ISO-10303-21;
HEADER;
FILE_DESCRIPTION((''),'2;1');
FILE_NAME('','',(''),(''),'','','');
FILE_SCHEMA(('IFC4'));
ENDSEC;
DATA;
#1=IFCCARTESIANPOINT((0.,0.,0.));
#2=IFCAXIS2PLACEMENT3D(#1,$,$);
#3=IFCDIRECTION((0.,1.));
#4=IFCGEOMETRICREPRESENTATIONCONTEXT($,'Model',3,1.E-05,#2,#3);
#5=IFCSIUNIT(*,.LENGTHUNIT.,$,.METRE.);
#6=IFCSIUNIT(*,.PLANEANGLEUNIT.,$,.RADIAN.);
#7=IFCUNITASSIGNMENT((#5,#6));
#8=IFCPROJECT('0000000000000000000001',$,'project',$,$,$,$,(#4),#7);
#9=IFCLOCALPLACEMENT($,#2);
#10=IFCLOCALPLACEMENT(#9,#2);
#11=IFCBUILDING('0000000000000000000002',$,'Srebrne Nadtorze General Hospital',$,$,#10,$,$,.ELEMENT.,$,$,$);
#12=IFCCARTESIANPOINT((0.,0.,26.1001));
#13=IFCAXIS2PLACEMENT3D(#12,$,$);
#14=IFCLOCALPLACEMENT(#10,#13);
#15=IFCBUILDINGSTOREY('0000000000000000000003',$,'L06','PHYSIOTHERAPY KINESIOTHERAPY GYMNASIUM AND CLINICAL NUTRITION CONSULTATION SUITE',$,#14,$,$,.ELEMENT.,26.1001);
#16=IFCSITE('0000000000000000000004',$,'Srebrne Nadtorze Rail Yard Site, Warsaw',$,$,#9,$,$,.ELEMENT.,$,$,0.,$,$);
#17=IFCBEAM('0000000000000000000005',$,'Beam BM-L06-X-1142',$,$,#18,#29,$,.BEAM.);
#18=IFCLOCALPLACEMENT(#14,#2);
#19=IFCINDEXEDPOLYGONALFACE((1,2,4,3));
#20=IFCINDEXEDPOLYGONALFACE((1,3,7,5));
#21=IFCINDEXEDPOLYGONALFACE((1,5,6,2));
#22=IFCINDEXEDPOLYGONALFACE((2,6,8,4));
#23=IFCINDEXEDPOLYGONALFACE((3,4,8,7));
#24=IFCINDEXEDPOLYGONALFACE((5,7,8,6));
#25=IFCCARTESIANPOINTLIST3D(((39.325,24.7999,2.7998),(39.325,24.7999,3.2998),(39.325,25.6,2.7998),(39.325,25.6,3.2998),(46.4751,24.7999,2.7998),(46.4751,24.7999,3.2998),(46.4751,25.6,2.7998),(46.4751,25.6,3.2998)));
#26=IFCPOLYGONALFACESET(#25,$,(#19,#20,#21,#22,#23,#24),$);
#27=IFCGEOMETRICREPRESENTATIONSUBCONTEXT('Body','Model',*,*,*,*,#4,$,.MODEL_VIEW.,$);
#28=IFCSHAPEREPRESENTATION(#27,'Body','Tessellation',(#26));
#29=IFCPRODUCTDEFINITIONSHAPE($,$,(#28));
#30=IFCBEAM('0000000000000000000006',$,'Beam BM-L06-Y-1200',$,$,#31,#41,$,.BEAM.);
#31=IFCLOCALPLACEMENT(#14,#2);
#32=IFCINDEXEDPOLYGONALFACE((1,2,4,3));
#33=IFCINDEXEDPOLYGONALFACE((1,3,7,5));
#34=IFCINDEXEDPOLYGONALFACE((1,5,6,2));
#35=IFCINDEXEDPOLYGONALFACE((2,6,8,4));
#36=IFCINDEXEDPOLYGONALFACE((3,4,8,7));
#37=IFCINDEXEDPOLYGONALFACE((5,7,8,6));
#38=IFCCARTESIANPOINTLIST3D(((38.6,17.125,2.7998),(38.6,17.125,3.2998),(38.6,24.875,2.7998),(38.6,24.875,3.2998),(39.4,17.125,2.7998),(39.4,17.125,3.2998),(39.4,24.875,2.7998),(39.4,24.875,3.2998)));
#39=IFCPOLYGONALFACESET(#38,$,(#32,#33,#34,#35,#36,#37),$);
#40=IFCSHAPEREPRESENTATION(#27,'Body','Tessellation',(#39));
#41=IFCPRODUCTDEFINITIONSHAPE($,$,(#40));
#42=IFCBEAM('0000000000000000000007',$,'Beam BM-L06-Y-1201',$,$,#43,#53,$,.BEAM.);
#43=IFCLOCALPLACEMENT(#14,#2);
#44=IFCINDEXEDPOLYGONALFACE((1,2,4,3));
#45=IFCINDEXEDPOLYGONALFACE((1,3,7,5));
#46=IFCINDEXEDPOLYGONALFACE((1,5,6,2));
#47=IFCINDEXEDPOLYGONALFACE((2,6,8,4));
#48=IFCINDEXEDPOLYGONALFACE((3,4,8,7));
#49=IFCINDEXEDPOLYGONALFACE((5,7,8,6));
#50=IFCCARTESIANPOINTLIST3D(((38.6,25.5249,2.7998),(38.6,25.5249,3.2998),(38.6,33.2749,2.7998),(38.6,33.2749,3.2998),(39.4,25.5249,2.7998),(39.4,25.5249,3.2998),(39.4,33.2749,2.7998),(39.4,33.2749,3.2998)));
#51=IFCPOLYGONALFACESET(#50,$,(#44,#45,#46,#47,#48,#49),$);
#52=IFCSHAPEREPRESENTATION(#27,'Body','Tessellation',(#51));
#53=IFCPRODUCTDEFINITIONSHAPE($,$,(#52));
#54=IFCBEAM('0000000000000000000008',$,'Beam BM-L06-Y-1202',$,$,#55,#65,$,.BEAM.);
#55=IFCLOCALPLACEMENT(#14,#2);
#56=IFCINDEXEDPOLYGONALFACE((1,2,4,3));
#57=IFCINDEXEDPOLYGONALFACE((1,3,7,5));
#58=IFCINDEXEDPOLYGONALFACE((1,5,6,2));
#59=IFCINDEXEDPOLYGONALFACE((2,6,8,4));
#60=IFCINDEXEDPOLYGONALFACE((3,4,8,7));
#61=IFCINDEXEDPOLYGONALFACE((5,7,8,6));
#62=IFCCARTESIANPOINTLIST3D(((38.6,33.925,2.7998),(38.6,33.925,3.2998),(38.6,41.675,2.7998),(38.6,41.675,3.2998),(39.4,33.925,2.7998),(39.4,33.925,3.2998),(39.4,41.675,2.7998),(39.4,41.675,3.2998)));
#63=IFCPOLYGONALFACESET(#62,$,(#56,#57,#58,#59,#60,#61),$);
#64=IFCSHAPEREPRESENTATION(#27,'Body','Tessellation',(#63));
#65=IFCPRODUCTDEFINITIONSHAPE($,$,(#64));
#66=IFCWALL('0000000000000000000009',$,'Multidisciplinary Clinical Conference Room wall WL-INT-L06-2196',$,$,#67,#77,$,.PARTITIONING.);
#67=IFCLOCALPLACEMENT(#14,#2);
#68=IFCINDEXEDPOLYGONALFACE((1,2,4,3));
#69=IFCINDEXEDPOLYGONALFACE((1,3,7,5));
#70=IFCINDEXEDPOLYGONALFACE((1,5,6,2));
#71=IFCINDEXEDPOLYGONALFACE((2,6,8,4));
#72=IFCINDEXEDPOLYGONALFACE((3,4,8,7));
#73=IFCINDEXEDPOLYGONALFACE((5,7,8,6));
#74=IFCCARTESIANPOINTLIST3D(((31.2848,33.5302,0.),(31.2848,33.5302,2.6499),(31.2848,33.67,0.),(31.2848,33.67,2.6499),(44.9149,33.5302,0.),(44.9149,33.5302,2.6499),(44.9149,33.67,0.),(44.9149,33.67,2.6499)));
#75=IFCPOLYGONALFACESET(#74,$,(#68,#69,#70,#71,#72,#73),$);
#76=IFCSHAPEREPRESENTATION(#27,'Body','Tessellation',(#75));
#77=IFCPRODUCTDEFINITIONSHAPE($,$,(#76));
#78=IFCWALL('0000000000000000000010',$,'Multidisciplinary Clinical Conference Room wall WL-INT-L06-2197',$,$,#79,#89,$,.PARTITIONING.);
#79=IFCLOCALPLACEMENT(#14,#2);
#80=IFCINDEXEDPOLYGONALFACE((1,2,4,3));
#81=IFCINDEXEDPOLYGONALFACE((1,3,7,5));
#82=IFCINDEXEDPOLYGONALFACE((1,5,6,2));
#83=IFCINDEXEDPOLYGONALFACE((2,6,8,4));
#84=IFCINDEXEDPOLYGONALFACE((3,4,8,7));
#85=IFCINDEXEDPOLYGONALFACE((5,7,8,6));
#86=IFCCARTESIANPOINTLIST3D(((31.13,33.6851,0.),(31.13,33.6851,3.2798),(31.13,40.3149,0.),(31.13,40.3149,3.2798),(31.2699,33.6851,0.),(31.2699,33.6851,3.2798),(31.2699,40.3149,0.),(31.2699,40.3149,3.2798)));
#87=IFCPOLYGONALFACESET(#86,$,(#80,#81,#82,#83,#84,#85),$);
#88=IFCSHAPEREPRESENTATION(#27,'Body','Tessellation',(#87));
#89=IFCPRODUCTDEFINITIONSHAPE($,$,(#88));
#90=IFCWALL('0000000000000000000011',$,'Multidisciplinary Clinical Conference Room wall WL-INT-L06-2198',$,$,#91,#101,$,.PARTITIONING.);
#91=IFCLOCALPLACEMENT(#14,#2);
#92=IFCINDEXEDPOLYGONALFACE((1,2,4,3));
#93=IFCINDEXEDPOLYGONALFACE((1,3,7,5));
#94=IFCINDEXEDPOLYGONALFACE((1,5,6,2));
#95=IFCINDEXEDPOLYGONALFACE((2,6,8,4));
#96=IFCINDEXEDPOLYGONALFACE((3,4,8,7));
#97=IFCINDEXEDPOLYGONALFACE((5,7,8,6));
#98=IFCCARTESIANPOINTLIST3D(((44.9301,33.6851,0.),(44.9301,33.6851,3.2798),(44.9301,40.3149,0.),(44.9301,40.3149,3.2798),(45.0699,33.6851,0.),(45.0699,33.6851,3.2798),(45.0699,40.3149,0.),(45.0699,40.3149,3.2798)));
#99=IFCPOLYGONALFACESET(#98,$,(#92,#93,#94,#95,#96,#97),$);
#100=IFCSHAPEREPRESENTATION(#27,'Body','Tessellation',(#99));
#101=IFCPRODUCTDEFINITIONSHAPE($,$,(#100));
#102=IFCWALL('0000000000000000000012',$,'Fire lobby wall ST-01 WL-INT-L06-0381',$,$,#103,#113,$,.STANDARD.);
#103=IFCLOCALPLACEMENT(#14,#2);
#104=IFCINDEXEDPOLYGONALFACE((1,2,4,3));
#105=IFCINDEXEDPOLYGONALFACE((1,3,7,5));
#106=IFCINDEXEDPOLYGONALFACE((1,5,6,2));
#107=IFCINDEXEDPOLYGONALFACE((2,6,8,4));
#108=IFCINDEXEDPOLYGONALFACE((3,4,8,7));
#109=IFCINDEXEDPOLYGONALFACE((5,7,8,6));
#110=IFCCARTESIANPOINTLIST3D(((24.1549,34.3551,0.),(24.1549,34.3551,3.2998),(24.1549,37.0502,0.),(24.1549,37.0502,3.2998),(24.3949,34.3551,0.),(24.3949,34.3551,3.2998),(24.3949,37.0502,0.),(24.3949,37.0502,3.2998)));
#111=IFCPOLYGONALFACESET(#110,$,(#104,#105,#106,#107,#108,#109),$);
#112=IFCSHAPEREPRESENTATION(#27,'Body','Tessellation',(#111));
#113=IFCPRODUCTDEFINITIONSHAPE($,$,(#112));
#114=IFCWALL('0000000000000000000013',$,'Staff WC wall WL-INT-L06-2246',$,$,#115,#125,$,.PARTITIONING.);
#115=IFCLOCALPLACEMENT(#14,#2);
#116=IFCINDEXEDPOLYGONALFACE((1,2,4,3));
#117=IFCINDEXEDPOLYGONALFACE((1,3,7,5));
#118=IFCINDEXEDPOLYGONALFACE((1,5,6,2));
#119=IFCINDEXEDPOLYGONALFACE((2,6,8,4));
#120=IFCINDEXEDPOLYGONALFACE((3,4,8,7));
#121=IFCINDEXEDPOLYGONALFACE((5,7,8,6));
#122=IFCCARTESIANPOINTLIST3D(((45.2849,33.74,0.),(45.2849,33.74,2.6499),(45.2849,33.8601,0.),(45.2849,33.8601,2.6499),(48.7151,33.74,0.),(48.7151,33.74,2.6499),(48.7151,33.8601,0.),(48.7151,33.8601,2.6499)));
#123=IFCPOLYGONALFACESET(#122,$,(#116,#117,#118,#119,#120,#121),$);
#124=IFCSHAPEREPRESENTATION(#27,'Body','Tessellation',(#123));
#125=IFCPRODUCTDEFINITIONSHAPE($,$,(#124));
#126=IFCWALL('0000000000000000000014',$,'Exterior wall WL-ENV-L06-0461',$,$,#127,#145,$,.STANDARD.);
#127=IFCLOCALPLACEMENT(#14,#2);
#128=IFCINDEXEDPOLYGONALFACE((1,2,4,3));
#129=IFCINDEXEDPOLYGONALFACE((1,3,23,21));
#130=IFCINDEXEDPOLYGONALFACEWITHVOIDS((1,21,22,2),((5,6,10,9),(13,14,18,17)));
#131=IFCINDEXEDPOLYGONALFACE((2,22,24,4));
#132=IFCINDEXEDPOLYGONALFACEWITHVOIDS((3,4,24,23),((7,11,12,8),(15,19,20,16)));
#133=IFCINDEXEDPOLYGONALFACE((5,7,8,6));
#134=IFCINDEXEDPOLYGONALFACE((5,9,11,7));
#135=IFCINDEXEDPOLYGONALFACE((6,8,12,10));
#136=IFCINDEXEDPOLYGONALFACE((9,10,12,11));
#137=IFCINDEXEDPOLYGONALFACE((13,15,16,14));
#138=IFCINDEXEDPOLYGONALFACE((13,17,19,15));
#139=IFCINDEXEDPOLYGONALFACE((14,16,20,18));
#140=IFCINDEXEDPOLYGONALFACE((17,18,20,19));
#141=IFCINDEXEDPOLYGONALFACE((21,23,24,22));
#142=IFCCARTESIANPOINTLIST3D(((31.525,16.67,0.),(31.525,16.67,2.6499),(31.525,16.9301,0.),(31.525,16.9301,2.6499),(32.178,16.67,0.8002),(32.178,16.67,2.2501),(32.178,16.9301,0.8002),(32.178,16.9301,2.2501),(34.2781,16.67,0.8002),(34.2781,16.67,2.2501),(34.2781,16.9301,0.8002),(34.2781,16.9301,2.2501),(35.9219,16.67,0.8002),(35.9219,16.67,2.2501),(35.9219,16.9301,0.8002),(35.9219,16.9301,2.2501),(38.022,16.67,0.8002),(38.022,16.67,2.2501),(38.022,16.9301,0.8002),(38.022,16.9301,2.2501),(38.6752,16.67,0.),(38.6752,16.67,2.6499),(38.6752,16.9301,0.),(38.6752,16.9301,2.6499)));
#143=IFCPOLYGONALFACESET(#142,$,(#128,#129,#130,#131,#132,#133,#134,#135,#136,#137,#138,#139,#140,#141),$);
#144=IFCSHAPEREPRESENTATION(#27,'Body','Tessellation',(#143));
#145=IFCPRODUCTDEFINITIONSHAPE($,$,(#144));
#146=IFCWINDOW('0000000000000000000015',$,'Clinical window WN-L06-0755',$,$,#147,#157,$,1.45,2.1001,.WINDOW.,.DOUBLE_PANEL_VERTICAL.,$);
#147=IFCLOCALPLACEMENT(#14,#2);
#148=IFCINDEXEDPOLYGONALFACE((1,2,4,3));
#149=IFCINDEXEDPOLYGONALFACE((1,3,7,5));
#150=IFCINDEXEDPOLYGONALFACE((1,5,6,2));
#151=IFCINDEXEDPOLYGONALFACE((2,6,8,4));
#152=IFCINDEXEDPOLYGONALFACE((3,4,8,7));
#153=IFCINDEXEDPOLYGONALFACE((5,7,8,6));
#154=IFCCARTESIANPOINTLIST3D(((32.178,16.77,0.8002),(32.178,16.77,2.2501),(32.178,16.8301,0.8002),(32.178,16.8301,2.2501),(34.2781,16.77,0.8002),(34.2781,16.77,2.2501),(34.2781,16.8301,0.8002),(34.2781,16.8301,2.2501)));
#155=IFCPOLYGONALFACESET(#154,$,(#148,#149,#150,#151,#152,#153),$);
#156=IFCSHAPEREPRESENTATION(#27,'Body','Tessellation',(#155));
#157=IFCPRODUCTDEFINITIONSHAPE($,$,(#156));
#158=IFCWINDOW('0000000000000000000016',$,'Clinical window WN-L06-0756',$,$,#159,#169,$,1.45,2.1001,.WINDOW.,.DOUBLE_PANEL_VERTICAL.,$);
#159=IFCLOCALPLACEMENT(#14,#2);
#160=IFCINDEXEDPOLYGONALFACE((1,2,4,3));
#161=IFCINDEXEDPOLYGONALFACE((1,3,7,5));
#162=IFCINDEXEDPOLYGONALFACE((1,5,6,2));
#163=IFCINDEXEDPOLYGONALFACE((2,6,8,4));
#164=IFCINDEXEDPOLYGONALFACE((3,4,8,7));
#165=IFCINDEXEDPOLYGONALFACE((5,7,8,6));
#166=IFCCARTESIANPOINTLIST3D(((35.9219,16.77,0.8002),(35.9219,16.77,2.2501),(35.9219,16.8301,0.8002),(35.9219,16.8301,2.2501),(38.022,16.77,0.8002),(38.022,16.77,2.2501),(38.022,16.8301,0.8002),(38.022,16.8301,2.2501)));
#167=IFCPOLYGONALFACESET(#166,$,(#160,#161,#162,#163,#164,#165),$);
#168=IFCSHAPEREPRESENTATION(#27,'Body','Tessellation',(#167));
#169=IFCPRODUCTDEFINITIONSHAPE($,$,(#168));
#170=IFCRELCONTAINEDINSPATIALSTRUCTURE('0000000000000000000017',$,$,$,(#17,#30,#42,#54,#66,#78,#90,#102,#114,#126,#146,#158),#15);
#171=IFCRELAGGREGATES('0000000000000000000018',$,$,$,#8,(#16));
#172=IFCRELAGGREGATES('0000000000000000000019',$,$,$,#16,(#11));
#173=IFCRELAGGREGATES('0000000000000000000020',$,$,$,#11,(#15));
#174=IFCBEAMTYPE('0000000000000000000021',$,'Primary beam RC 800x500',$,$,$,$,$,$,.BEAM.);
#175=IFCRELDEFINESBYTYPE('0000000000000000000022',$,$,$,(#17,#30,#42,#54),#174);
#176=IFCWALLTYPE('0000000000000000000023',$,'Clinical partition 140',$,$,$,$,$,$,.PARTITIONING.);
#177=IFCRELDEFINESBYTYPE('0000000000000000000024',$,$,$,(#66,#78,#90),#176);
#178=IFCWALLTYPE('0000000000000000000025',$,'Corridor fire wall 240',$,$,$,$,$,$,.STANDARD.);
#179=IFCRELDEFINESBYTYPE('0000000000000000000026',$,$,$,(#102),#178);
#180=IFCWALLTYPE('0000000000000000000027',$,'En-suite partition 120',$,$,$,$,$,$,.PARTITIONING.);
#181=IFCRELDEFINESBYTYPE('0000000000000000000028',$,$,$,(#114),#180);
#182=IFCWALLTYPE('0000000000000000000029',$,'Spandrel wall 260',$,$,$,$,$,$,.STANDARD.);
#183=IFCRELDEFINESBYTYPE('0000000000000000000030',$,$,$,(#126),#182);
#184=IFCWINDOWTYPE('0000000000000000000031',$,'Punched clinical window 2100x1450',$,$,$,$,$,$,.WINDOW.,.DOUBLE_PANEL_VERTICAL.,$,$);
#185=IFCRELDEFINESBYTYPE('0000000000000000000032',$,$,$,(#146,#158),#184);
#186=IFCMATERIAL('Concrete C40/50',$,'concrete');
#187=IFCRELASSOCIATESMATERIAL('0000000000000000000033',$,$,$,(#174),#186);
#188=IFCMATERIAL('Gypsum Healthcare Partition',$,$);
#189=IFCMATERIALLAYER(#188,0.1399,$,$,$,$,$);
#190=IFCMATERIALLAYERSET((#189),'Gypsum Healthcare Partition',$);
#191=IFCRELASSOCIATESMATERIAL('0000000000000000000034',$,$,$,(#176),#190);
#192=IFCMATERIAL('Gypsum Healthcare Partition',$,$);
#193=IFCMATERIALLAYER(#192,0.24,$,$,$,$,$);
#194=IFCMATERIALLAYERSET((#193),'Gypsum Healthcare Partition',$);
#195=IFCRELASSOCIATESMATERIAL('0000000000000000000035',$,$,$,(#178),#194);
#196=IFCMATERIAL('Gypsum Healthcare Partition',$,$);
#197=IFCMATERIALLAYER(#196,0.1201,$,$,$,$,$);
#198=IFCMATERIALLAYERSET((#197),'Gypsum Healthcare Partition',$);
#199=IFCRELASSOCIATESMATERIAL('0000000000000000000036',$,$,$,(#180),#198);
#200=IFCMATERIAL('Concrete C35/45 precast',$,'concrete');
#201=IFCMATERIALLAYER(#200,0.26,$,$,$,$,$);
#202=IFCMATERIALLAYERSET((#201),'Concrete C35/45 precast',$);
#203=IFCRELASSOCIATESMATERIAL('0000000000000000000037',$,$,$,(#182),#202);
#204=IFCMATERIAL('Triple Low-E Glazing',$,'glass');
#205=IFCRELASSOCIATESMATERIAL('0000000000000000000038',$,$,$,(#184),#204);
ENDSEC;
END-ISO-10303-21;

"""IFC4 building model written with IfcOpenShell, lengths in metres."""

from ifc_helpers import new_model, si_unit, direction, frame, frame_2d, origin, origin_2d, place, context, subcontext, project, spatial, rectangle, extrude, material, layer, layer_set, material_profile, profile_set, type_object, element, fill, save


model = new_model("IFC4")

# Units and contexts
model_context = context("Model", 3, precision=1e-05, world=origin(), true_north=direction((0.0, 1.0)))
body_context = subcontext(model_context, "Body", "Model", "MODEL_VIEW")
ifc_project = project(units=[si_unit("LENGTHUNIT", "METRE"), si_unit("PLANEANGLEUNIT", "RADIAN")], contexts=[model_context])

# Site, building, storey
site_placement = place(None, origin())
site = spatial("IfcSite", under=ifc_project, at=site_placement, Name="Srebrne Nadtorze Rail Yard Site, Warsaw", CompositionType="ELEMENT", RefElevation=0.0)
building_placement = place(site_placement, origin())
building = spatial("IfcBuilding", under=site, at=building_placement, Name="Srebrne Nadtorze General Hospital", CompositionType="ELEMENT")
storey_placement = place(building_placement, frame((0.0, 0.0, 26.1001)))
storey = spatial("IfcBuildingStorey", under=building, at=storey_placement, Name="L06", Description="PHYSIOTHERAPY KINESIOTHERAPY GYMNASIUM AND CLINICAL NUTRITION CONSULTATION SUITE", CompositionType="ELEMENT", Elevation=26.1001)

# Beams
ifc_material_1 = material(Name="Concrete C40/50", Category="concrete")
ifc_material_profile_1 = material_profile(ifc_material_1, rectangle(XDim=0.8, YDim=0.5, at=origin_2d()), Name="RC-BM-800x500")
ifc_profile_set_1 = profile_set([ifc_material_profile_1], Name="Concrete C40/50")
beam_type_1 = type_object("IfcBeamType", Name="Primary beam RC 800x500", PredefinedType="BEAM", material=ifc_profile_set_1)
for number, where, z_axis, x_axis, name in (
    (1, (39.325, 25.2, 3.0498), (1.0, 0.0, 0.0), (0.0, 1.0, 0.0), "Beam BM-L06-X-1142"),
):
    element("IfcBeam", number, at=place(storey_placement, frame(where, z_axis=z_axis, x_axis=x_axis)), inside=storey, type_object=beam_type_1, Name=name, PredefinedType="BEAM", context=body_context, shape_type="SweptSolid", body=[
        extrude(rectangle(XDim=0.8, YDim=0.5, at=origin_2d()), origin(), (0.0, 0.0, 1.0), 7.1501),
    ])
for number, where, z_axis, x_axis, name in (
    (2, (39.0, 17.125, 3.0498), (0.0, 1.0, 0.0), (-1.0, 0.0, 0.0), "Beam BM-L06-Y-1200"),
    (3, (39.0, 25.5249, 3.0498), (0.0, 1.0, 0.0), (-1.0, 0.0, 0.0), "Beam BM-L06-Y-1201"),
    (4, (39.0, 33.925, 3.0498), (0.0, 1.0, 0.0), (-1.0, 0.0, 0.0), "Beam BM-L06-Y-1202"),
):
    element("IfcBeam", number, at=place(storey_placement, frame(where, z_axis=z_axis, x_axis=x_axis)), inside=storey, type_object=beam_type_1, Name=name, PredefinedType="BEAM", context=body_context, shape_type="SweptSolid", body=[
        extrude(rectangle(XDim=0.8, YDim=0.5, at=origin_2d()), origin(), (0.0, 0.0, 1.0), 7.75),
    ])

# Walls
ifc_material_2 = material(Name="Gypsum Healthcare Partition")
ifc_layer_1 = layer(ifc_material_2, 0.1399)
ifc_layer_set_1 = layer_set([ifc_layer_1], Name="Gypsum Healthcare Partition")
wall_type_1 = type_object("IfcWallType", Name="Clinical partition 140", PredefinedType="PARTITIONING", material=ifc_layer_set_1)
wall_1_placement = place(storey_placement, frame((31.2849, 33.6001, 0.0), z_axis=(0.0, 0.0, 1.0), x_axis=(1.0, 0.0, 0.0)))
element("IfcWall", 5, at=wall_1_placement, inside=storey, type_object=wall_type_1, Name="Multidisciplinary Clinical Conference Room wall WL-INT-L06-2196", PredefinedType="PARTITIONING", context=body_context, shape_type="SweptSolid", body=[
    extrude(rectangle(XDim=13.6301, YDim=0.1399, at=frame_2d((6.8149, 0.0))), origin(), (0.0, 0.0, 1.0), 2.6499),
])
for number, where, z_axis, x_axis, name in (
    (6, (31.2, 33.6851, 0.0), (0.0, 0.0, 1.0), (0.0, 1.0, 0.0), "Multidisciplinary Clinical Conference Room wall WL-INT-L06-2197"),
    (7, (45.0, 33.6851, 0.0), (0.0, 0.0, 1.0), (0.0, 1.0, 0.0), "Multidisciplinary Clinical Conference Room wall WL-INT-L06-2198"),
):
    element("IfcWall", number, at=place(storey_placement, frame(where, z_axis=z_axis, x_axis=x_axis)), inside=storey, type_object=wall_type_1, Name=name, PredefinedType="PARTITIONING", context=body_context, shape_type="SweptSolid", body=[
        extrude(rectangle(XDim=6.6299, YDim=0.1399, at=frame_2d((3.3149, 0.0))), origin(), (0.0, 0.0, 1.0), 3.2798),
    ])
ifc_material_3 = material(Name="Gypsum Healthcare Partition")
ifc_layer_2 = layer(ifc_material_3, 0.24)
ifc_layer_set_2 = layer_set([ifc_layer_2], Name="Gypsum Healthcare Partition")
wall_type_2 = type_object("IfcWallType", Name="Corridor fire wall 240", PredefinedType="STANDARD", material=ifc_layer_set_2)
wall_2_placement = place(storey_placement, frame((24.2749, 34.355, 0.0), z_axis=(0.0, 0.0, 1.0), x_axis=(0.0, 1.0, 0.0)))
element("IfcWall", 8, at=wall_2_placement, inside=storey, type_object=wall_type_2, Name="Fire lobby wall ST-01 WL-INT-L06-0381", PredefinedType="STANDARD", context=body_context, shape_type="SweptSolid", body=[
    extrude(rectangle(XDim=2.6951, YDim=0.24, at=frame_2d((1.3477, 0.0))), origin(), (0.0, 0.0, 1.0), 3.2998),
])
ifc_material_4 = material(Name="Gypsum Healthcare Partition")
ifc_layer_3 = layer(ifc_material_4, 0.1201)
ifc_layer_set_3 = layer_set([ifc_layer_3], Name="Gypsum Healthcare Partition")
wall_type_3 = type_object("IfcWallType", Name="En-suite partition 120", PredefinedType="PARTITIONING", material=ifc_layer_set_3)
wall_3_placement = place(storey_placement, frame((45.2849, 33.8, 0.0), z_axis=(0.0, 0.0, 1.0), x_axis=(1.0, 0.0, 0.0)))
element("IfcWall", 9, at=wall_3_placement, inside=storey, type_object=wall_type_3, Name="Staff WC wall WL-INT-L06-2246", PredefinedType="PARTITIONING", context=body_context, shape_type="SweptSolid", body=[
    extrude(rectangle(XDim=3.4302, YDim=0.1201, at=frame_2d((1.7151, 0.0))), origin(), (0.0, 0.0, 1.0), 2.6499),
])

# Wall, openings, windows
ifc_material_5 = material(Name="Concrete C35/45 precast", Category="concrete")
ifc_layer_4 = layer(ifc_material_5, 0.26)
ifc_layer_set_4 = layer_set([ifc_layer_4], Name="Concrete C35/45 precast")
wall_type_4 = type_object("IfcWallType", Name="Spandrel wall 260", PredefinedType="STANDARD", material=ifc_layer_set_4)
wall_4_placement = place(storey_placement, frame((31.5249, 16.8, 0.0), z_axis=(0.0, 0.0, 1.0), x_axis=(1.0, 0.0, 0.0)))
wall_4 = element("IfcWall", 10, at=wall_4_placement, inside=storey, type_object=wall_type_4, Name="Exterior wall WL-ENV-L06-0461", PredefinedType="STANDARD", context=body_context, shape_type="SweptSolid", body=[
    extrude(rectangle(XDim=7.1501, YDim=0.26, at=frame_2d((3.5752, 0.0))), origin(), (0.0, 0.0, 1.0), 2.6499),
])
opening_1_placement = place(wall_4_placement, frame((0.6531, 0.0, 0.8)))
opening_1 = element("IfcOpeningElement", 11, at=opening_1_placement, cuts=wall_4, PredefinedType="OPENING", context=body_context, shape_type="SweptSolid", body=[
    extrude(rectangle(XDim=2.1001, YDim=1.45, at=frame_2d((1.05, 0.7251))), frame((0.0, 0.1421, 0.0), z_axis=(0.0, -1.0, 0.0), x_axis=(1.0, 0.0, 0.0)), (0.0, 0.0, 1.0), 0.2839),
])
opening_2_placement = place(wall_4_placement, frame((4.397, 0.0, 0.8)))
opening_2 = element("IfcOpeningElement", 12, at=opening_2_placement, cuts=wall_4, PredefinedType="OPENING", context=body_context, shape_type="SweptSolid", body=[
    extrude(rectangle(XDim=2.1001, YDim=1.45, at=frame_2d((1.05, 0.7251))), frame((0.0, 0.1421, 0.0), z_axis=(0.0, -1.0, 0.0), x_axis=(1.0, 0.0, 0.0)), (0.0, 0.0, 1.0), 0.2839),
])
ifc_material_6 = material(Name="Triple Low-E Glazing", Category="glass")
window_type_1 = type_object("IfcWindowType", Name="Punched clinical window 2100x1450", PartitioningType="DOUBLE_PANEL_VERTICAL", PredefinedType="WINDOW", material=ifc_material_6)
window_1_placement = place(opening_1_placement, origin())
window_1 = element("IfcWindow", 13, at=window_1_placement, inside=storey, type_object=window_type_1, Name="Clinical window WN-L06-0755", OverallHeight=1.45, OverallWidth=2.1001, PartitioningType="DOUBLE_PANEL_VERTICAL", PredefinedType="WINDOW", context=body_context, shape_type="SweptSolid", body=[
    extrude(rectangle(XDim=2.1001, YDim=1.45, at=frame_2d((1.05, 0.7251))), frame((0.0, 0.03, 0.0), z_axis=(0.0, -1.0, 0.0), x_axis=(1.0, 0.0, 0.0)), (0.0, 0.0, 1.0), 0.0601),
])
fill(opening_1, window_1)
window_2_placement = place(opening_2_placement, origin())
window_2 = element("IfcWindow", 14, at=window_2_placement, inside=storey, type_object=window_type_1, Name="Clinical window WN-L06-0756", OverallHeight=1.45, OverallWidth=2.1001, PartitioningType="DOUBLE_PANEL_VERTICAL", PredefinedType="WINDOW", context=body_context, shape_type="SweptSolid", body=[
    extrude(rectangle(XDim=2.1001, YDim=1.45, at=frame_2d((1.05, 0.7251))), frame((0.0, 0.03, 0.0), z_axis=(0.0, -1.0, 0.0), x_axis=(1.0, 0.0, 0.0)), (0.0, 0.0, 1.0), 0.0601),
])
fill(opening_2, window_2)

save(model, "model.ifc")
